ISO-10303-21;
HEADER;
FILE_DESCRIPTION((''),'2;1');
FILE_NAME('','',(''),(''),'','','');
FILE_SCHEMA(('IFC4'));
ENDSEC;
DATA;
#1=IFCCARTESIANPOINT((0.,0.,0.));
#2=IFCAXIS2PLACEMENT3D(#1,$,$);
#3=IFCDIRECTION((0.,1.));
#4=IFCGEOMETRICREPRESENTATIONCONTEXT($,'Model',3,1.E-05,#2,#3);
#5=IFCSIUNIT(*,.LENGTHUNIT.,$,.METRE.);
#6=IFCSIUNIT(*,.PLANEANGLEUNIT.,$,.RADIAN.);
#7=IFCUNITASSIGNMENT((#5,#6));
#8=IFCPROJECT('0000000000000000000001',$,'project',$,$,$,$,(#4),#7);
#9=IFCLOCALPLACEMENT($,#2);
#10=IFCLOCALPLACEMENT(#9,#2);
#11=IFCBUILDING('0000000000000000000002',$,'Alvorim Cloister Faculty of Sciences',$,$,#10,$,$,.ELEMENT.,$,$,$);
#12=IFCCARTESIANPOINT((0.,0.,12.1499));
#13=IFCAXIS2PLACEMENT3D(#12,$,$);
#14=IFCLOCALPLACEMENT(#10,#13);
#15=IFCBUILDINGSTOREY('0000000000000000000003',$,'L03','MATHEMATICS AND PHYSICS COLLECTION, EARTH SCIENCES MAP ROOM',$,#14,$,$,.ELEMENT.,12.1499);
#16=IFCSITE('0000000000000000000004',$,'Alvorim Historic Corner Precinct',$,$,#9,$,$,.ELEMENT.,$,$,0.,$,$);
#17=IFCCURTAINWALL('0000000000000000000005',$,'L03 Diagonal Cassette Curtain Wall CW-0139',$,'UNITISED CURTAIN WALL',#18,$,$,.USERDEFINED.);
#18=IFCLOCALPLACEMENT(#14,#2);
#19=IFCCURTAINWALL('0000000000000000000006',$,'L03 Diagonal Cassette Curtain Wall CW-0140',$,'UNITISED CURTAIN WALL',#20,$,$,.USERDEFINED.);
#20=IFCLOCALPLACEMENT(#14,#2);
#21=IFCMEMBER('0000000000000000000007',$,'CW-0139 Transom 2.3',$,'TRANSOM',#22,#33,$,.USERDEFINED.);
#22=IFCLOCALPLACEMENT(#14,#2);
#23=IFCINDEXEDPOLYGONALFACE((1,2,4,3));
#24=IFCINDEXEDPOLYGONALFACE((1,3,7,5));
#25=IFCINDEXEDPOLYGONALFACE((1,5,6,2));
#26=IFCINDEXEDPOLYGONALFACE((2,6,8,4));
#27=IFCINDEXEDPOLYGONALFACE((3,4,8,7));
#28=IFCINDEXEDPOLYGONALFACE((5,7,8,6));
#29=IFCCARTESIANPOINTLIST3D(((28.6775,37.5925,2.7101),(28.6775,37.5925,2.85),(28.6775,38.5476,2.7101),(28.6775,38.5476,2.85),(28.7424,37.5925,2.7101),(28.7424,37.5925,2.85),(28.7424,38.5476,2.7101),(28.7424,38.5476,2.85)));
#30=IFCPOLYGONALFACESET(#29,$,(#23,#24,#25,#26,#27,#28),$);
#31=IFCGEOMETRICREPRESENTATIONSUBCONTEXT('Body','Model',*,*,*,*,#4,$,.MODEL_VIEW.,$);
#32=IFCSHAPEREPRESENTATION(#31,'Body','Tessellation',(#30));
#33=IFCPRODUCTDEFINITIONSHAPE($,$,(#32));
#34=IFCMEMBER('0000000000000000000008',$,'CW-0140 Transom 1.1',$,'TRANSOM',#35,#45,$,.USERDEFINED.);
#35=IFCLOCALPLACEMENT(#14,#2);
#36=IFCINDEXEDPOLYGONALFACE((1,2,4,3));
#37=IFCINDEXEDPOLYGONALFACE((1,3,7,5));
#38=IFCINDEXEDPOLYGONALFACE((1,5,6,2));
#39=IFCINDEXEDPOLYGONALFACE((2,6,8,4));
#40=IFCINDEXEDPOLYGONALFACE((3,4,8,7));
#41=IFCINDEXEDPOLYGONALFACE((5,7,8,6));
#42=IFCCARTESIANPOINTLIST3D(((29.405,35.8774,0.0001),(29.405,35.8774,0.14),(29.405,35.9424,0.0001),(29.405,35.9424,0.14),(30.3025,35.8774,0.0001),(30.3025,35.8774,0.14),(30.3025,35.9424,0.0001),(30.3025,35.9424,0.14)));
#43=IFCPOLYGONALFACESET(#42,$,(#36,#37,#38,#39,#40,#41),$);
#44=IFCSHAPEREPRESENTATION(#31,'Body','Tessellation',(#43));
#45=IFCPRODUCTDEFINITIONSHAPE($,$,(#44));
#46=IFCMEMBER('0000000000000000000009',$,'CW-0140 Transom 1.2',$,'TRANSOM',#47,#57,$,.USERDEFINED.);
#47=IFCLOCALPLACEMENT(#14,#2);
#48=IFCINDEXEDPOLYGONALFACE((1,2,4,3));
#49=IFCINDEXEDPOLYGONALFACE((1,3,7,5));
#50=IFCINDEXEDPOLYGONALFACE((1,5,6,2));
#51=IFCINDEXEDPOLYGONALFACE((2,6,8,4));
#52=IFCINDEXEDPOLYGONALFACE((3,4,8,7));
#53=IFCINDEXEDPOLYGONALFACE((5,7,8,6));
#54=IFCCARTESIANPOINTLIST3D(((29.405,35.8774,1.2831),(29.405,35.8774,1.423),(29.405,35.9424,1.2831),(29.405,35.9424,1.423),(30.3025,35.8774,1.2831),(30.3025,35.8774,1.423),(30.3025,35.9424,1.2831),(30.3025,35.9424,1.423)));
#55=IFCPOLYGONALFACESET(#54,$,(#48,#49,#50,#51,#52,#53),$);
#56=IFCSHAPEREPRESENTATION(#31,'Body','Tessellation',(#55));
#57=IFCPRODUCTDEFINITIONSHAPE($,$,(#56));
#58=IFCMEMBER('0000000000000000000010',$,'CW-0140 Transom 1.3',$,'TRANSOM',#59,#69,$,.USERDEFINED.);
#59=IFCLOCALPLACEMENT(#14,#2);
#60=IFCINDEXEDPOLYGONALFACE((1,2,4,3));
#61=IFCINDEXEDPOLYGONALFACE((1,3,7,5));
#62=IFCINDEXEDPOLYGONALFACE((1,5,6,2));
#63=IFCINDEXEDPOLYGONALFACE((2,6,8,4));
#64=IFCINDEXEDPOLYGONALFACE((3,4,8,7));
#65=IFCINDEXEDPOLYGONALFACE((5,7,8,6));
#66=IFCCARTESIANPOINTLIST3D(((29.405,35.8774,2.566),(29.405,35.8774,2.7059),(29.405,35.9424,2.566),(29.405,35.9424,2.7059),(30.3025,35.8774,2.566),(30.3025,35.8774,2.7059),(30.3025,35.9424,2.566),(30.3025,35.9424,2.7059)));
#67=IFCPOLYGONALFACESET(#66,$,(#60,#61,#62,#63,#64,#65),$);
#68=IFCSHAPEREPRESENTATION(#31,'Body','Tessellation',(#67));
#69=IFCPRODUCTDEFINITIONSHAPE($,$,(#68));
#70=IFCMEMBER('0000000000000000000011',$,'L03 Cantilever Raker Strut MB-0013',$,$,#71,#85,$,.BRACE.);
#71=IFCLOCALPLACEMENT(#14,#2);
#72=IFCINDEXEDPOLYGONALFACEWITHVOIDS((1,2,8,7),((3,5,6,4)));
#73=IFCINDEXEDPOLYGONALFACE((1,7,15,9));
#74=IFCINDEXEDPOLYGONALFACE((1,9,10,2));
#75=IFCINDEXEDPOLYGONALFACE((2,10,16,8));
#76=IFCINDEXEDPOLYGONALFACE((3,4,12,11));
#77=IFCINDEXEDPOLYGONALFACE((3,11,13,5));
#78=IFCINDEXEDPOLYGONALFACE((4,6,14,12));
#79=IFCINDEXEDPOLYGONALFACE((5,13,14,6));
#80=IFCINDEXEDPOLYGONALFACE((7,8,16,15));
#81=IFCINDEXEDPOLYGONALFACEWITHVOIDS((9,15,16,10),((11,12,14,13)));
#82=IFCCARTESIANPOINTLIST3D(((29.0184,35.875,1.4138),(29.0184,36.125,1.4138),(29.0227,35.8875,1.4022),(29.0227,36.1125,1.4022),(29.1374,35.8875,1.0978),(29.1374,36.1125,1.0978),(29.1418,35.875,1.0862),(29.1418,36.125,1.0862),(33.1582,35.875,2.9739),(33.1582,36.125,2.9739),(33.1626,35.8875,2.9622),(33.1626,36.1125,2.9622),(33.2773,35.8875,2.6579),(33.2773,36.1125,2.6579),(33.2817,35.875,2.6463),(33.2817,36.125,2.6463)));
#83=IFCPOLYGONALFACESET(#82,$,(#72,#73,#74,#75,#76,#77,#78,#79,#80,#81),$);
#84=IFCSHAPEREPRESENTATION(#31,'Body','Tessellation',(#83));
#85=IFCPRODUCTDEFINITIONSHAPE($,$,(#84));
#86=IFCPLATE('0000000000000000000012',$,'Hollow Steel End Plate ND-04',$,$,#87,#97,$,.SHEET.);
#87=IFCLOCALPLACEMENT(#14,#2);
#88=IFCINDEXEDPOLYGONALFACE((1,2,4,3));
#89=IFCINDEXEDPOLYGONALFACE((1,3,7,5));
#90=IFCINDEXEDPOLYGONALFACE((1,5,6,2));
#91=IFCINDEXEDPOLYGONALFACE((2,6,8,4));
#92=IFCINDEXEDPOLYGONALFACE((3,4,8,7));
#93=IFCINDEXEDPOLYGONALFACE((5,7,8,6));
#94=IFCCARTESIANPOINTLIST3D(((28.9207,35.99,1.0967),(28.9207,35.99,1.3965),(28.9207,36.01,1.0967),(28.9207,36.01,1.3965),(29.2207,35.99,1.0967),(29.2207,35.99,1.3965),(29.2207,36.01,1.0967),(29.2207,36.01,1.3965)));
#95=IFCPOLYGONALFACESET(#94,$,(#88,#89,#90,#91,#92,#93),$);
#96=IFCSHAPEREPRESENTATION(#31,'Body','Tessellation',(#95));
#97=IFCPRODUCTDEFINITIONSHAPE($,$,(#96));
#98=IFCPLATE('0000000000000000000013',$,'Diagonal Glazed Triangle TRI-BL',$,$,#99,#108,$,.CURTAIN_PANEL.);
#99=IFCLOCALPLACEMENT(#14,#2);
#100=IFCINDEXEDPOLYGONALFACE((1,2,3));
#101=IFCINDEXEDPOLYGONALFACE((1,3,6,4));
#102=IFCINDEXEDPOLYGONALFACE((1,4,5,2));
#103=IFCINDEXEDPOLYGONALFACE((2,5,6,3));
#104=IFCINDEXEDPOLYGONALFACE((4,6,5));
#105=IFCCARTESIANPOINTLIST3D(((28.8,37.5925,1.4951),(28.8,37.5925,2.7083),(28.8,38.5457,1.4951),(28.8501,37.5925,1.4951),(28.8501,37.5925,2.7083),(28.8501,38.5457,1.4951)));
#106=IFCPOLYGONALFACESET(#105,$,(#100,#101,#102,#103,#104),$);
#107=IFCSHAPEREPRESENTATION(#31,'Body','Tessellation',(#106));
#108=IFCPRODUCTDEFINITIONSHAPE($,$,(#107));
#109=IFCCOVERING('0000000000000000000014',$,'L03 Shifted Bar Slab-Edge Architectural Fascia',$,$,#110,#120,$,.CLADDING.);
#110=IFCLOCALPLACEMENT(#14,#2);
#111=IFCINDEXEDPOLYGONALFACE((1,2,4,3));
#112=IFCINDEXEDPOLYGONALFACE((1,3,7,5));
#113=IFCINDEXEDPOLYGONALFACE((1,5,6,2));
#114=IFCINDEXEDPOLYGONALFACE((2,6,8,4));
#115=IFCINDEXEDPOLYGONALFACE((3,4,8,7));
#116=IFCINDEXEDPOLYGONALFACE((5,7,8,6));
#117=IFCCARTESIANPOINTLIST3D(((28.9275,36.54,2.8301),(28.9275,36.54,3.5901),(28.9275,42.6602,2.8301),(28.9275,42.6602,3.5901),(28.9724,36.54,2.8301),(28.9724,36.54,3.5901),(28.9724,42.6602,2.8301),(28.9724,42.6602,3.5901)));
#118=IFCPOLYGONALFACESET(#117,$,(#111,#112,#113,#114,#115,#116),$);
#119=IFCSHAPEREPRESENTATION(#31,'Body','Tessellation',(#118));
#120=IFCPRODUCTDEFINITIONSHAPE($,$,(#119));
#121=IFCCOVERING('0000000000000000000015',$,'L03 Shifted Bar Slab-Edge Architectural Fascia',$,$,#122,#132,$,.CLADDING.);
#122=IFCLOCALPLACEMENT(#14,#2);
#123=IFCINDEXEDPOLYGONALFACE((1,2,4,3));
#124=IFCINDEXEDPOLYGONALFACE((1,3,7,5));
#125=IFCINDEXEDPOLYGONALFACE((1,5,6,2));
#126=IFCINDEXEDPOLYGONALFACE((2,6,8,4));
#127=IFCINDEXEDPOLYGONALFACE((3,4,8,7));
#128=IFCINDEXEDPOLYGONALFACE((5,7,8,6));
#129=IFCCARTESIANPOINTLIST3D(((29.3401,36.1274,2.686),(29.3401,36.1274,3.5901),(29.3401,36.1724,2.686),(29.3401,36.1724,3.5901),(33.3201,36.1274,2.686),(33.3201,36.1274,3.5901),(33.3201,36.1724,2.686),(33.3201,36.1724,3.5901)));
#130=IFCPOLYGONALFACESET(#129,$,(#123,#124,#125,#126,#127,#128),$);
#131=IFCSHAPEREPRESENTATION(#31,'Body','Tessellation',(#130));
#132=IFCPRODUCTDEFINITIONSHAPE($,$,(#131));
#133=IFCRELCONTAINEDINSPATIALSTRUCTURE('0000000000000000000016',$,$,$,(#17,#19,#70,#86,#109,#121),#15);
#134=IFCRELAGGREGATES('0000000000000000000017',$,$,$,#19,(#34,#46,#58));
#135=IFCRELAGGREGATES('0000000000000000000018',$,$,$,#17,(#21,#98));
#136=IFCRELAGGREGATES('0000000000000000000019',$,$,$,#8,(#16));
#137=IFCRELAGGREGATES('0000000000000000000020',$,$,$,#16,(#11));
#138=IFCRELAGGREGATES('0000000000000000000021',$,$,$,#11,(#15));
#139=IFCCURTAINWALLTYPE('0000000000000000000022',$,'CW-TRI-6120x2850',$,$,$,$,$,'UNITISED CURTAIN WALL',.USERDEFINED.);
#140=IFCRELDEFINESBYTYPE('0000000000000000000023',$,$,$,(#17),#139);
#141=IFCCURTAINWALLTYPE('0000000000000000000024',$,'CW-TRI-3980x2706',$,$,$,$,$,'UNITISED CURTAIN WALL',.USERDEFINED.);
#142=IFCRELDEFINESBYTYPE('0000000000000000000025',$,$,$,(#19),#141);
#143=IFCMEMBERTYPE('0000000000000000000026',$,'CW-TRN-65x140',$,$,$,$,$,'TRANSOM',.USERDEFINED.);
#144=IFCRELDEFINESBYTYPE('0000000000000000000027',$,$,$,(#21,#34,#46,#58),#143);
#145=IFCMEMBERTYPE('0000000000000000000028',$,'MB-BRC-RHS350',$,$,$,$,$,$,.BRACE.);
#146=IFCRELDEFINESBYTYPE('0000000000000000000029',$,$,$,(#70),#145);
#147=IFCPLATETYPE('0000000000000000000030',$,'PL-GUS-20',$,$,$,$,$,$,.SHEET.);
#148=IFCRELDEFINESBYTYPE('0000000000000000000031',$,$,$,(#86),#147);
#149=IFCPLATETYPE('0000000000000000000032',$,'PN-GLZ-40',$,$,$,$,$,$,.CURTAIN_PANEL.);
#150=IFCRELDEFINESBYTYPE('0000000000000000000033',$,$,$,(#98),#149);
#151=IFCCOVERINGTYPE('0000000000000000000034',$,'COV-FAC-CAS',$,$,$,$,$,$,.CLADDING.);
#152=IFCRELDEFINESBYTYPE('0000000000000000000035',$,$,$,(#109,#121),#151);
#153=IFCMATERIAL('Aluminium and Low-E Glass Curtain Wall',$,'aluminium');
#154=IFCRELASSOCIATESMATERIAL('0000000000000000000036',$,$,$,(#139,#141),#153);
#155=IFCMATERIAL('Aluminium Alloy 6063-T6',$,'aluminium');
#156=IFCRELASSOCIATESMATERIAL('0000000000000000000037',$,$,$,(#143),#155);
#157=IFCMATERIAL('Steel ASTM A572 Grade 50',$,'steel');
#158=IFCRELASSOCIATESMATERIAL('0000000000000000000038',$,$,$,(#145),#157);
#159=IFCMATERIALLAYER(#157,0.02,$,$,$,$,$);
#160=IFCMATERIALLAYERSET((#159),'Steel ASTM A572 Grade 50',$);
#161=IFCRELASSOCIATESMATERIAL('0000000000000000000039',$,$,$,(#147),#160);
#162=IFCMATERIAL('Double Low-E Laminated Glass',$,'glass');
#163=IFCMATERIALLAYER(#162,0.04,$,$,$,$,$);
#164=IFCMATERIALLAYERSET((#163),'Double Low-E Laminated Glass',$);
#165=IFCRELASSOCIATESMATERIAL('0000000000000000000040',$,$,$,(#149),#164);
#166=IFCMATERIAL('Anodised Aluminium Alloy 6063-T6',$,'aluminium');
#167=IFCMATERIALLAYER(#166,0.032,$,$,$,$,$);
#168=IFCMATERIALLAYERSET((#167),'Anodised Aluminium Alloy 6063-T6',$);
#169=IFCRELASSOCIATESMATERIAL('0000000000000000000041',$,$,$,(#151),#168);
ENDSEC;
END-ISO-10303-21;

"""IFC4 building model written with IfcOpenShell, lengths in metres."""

from ifc_helpers import new_model, si_unit, direction, frame, origin, origin_2d, place, context, subcontext, project, spatial, polyline, rectangle, hollow_rectangle, outline, extrude, material, layer, layer_set, material_profile, profile_set, type_object, element, aggregate, save


model = new_model("IFC4")

# Units and contexts
model_context = context("Model", 3, precision=1e-05, world=origin(), true_north=direction((0.0, 1.0)))
body_context = subcontext(model_context, "Body", "Model", "MODEL_VIEW")
ifc_project = project(units=[si_unit("LENGTHUNIT", "METRE"), si_unit("PLANEANGLEUNIT", "RADIAN")], contexts=[model_context])

# Site, building, storey
site_placement = place(None, origin())
site = spatial("IfcSite", under=ifc_project, at=site_placement, Name="Alvorim Historic Corner Precinct", CompositionType="ELEMENT", RefElevation=0.0)
building_placement = place(site_placement, origin())
building = spatial("IfcBuilding", under=site, at=building_placement, Name="Alvorim Cloister Faculty of Sciences", CompositionType="ELEMENT")
storey_placement = place(building_placement, frame((0.0, 0.0, 12.1499)))
storey = spatial("IfcBuildingStorey", under=building, at=storey_placement, Name="L03", Description="MATHEMATICS AND PHYSICS COLLECTION, EARTH SCIENCES MAP ROOM", CompositionType="ELEMENT", Elevation=12.1499)

# Shared definitions
ifc_material_1 = material(Name="Steel ASTM A572 Grade 50", Category="steel")

# Curtain wall
ifc_material_2 = material(Name="Aluminium and Low-E Glass Curtain Wall", Category="aluminium")
curtain_wall_type_1 = type_object("IfcCurtainWallType", Name="CW-TRI-6120x2850", ElementType="UNITISED CURTAIN WALL", PredefinedType="USERDEFINED", material=ifc_material_2)
curtain_wall_1_placement = place(storey_placement, origin())
curtain_wall_1 = element("IfcCurtainWall", 1, at=curtain_wall_1_placement, inside=storey, type_object=curtain_wall_type_1, Name="L03 Diagonal Cassette Curtain Wall CW-0139", ObjectType="UNITISED CURTAIN WALL", PredefinedType="USERDEFINED")
ifc_material_3 = material(Name="Aluminium Alloy 6063-T6", Category="aluminium")

# Curtain wall
curtain_wall_type_2 = type_object("IfcCurtainWallType", Name="CW-TRI-3980x2706", ElementType="UNITISED CURTAIN WALL", PredefinedType="USERDEFINED", material=ifc_material_2)
curtain_wall_2_placement = place(storey_placement, origin())
curtain_wall_2 = element("IfcCurtainWall", 2, at=curtain_wall_2_placement, inside=storey, type_object=curtain_wall_type_2, Name="L03 Diagonal Cassette Curtain Wall CW-0140", ObjectType="UNITISED CURTAIN WALL", PredefinedType="USERDEFINED")

# Members
ifc_material_profile_1 = material_profile(ifc_material_3, rectangle(XDim=0.0649, YDim=0.1399, at=origin_2d()), Name="ALU-TRN-65x140")
ifc_profile_set_1 = profile_set([ifc_material_profile_1], Name="Aluminium Alloy 6063-T6")
member_type_1 = type_object("IfcMemberType", Name="CW-TRN-65x140", ElementType="TRANSOM", PredefinedType="USERDEFINED", material=ifc_profile_set_1)
member_1_placement = place(storey_placement, frame((28.71, 37.5925, 2.78), z_axis=(0.0, 1.0, 0.0), x_axis=(-1.0, 0.0, 0.0)))
member_1 = element("IfcMember", 3, at=member_1_placement, type_object=member_type_1, Name="CW-0139 Transom 2.3", ObjectType="TRANSOM", PredefinedType="USERDEFINED", context=body_context, shape_type="SweptSolid", body=[
    extrude(rectangle(XDim=0.0649, YDim=0.1399, at=origin_2d()), origin(), (0.0, 0.0, 1.0), 0.9551),
])
member_2_placement = place(storey_placement, frame((29.405, 35.9099, 0.0701), z_axis=(1.0, 0.0, 0.0), x_axis=(0.0, 1.0, 0.0)))
member_2 = element("IfcMember", 4, at=member_2_placement, type_object=member_type_1, Name="CW-0140 Transom 1.1", ObjectType="TRANSOM", PredefinedType="USERDEFINED", context=body_context, shape_type="SweptSolid", body=[
    extrude(rectangle(XDim=0.0649, YDim=0.1399, at=origin_2d()), origin(), (0.0, 0.0, 1.0), 0.8975),
])
member_3_placement = place(storey_placement, frame((29.405, 35.9099, 1.353), z_axis=(1.0, 0.0, 0.0), x_axis=(0.0, 1.0, 0.0)))
member_3 = element("IfcMember", 5, at=member_3_placement, type_object=member_type_1, Name="CW-0140 Transom 1.2", ObjectType="TRANSOM", PredefinedType="USERDEFINED", context=body_context, shape_type="SweptSolid", body=[
    extrude(rectangle(XDim=0.0649, YDim=0.1399, at=origin_2d()), origin(), (0.0, 0.0, 1.0), 0.8975),
])
member_4_placement = place(storey_placement, frame((29.405, 35.9099, 2.636), z_axis=(1.0, 0.0, 0.0), x_axis=(0.0, 1.0, 0.0)))
member_4 = element("IfcMember", 6, at=member_4_placement, type_object=member_type_1, Name="CW-0140 Transom 1.3", ObjectType="TRANSOM", PredefinedType="USERDEFINED", context=body_context, shape_type="SweptSolid", body=[
    extrude(rectangle(XDim=0.0649, YDim=0.1399, at=origin_2d()), origin(), (0.0, 0.0, 1.0), 0.8975),
])
aggregate(curtain_wall_2, [member_2, member_3, member_4])
ifc_material_profile_2 = material_profile(ifc_material_1, hollow_rectangle(XDim=0.25, YDim=0.3501, WallThickness=0.0125, at=origin_2d()), Name="RHS350x250x12.5")
ifc_profile_set_2 = profile_set([ifc_material_profile_2], Name="Steel ASTM A572 Grade 50")
member_type_2 = type_object("IfcMemberType", Name="MB-BRC-RHS350", PredefinedType="BRACE", material=ifc_profile_set_2)
member_5_placement = place(storey_placement, frame((29.0801, 36.0, 1.25), z_axis=(0.935763, 0.0, 0.352629), x_axis=(0.0, 1.0, 0.0)))
element("IfcMember", 7, at=member_5_placement, inside=storey, type_object=member_type_2, Name="L03 Cantilever Raker Strut MB-0013", PredefinedType="BRACE", context=body_context, shape_type="SweptSolid", body=[
    extrude(hollow_rectangle(XDim=0.25, YDim=0.3501, WallThickness=0.0125, at=origin_2d()), origin(), (0.0, 0.0, 1.0), 4.4241),
])

# Plates
ifc_layer_1 = layer(ifc_material_1, 0.02)
ifc_layer_set_1 = layer_set([ifc_layer_1], Name="Steel ASTM A572 Grade 50")
plate_type_1 = type_object("IfcPlateType", Name="PL-GUS-20", PredefinedType="SHEET", material=ifc_layer_set_1)
plate_1_placement = place(storey_placement, frame((28.9207, 36.0, 1.0967), z_axis=(0.0, 0.0, 1.0), x_axis=(1.0, 0.0, 0.0)))
element("IfcPlate", 8, at=plate_1_placement, inside=storey, type_object=plate_type_1, Name="Hollow Steel End Plate ND-04", PredefinedType="SHEET", context=body_context, shape_type="SweptSolid", body=[
    extrude(outline(polyline([(0.0, 0.0), (0.3, 0.0), (0.3, 0.2998), (0.0, 0.2998), (0.0, 0.0)])), frame((0.0, 0.01, 0.0), z_axis=(0.0, -1.0, 0.0), x_axis=(1.0, 0.0, 0.0)), (0.0, 0.0, 1.0), 0.02),
])
ifc_material_4 = material(Name="Double Low-E Laminated Glass", Category="glass")
ifc_layer_2 = layer(ifc_material_4, 0.04)
ifc_layer_set_2 = layer_set([ifc_layer_2], Name="Double Low-E Laminated Glass")
plate_type_2 = type_object("IfcPlateType", Name="PN-GLZ-40", PredefinedType="CURTAIN_PANEL", material=ifc_layer_set_2)
plate_2_placement = place(storey_placement, frame((28.825, 37.5925, 1.4951), z_axis=(0.0, 0.0, 1.0), x_axis=(0.0, 1.0, 0.0)))
plate_2 = element("IfcPlate", 9, at=plate_2_placement, type_object=plate_type_2, Name="Diagonal Glazed Triangle TRI-BL", PredefinedType="CURTAIN_PANEL", context=body_context, shape_type="SweptSolid", body=[
    extrude(outline(polyline([(0.0, 0.0), (0.9531, 0.0), (0.0, 1.2131), (0.0, 0.0)])), frame((0.0, 0.0249, 0.0), z_axis=(0.0, -1.0, 0.0), x_axis=(1.0, 0.0, 0.0)), (0.0, 0.0, 1.0), 0.05),
])
aggregate(curtain_wall_1, [member_1, plate_2])

# Coverings
ifc_material_5 = material(Name="Anodised Aluminium Alloy 6063-T6", Category="aluminium")
ifc_layer_3 = layer(ifc_material_5, 0.032)
ifc_layer_set_3 = layer_set([ifc_layer_3], Name="Anodised Aluminium Alloy 6063-T6")
covering_type = type_object("IfcCoveringType", Name="COV-FAC-CAS", PredefinedType="CLADDING", material=ifc_layer_set_3)
covering_1_placement = place(storey_placement, frame((28.95, 36.54, 2.8301), z_axis=(0.0, 0.0, 1.0), x_axis=(0.0, 1.0, 0.0)))
element("IfcCovering", 10, at=covering_1_placement, inside=storey, type_object=covering_type, Name="L03 Shifted Bar Slab-Edge Architectural Fascia", PredefinedType="CLADDING", context=body_context, shape_type="SweptSolid", body=[
    extrude(outline(polyline([(0.0, 0.0), (6.1201, 0.0), (6.1201, 0.76), (0.0, 0.76), (0.0, 0.0)])), frame((0.0, 0.0225, 0.0), z_axis=(0.0, -1.0, 0.0), x_axis=(1.0, 0.0, 0.0)), (0.0, 0.0, 1.0), 0.0449),
])
covering_2_placement = place(storey_placement, frame((29.3401, 36.1499, 2.686), z_axis=(0.0, 0.0, 1.0), x_axis=(1.0, 0.0, 0.0)))
element("IfcCovering", 11, at=covering_2_placement, inside=storey, type_object=covering_type, Name="L03 Shifted Bar Slab-Edge Architectural Fascia", PredefinedType="CLADDING", context=body_context, shape_type="SweptSolid", body=[
    extrude(outline(polyline([(0.0, 0.0), (3.98, 0.0), (3.98, 0.9041), (0.0, 0.9041), (0.0, 0.0)])), frame((0.0, 0.0225, 0.0), z_axis=(0.0, -1.0, 0.0), x_axis=(1.0, 0.0, 0.0)), (0.0, 0.0, 1.0), 0.0449),
])

save(model, "model.ifc")
